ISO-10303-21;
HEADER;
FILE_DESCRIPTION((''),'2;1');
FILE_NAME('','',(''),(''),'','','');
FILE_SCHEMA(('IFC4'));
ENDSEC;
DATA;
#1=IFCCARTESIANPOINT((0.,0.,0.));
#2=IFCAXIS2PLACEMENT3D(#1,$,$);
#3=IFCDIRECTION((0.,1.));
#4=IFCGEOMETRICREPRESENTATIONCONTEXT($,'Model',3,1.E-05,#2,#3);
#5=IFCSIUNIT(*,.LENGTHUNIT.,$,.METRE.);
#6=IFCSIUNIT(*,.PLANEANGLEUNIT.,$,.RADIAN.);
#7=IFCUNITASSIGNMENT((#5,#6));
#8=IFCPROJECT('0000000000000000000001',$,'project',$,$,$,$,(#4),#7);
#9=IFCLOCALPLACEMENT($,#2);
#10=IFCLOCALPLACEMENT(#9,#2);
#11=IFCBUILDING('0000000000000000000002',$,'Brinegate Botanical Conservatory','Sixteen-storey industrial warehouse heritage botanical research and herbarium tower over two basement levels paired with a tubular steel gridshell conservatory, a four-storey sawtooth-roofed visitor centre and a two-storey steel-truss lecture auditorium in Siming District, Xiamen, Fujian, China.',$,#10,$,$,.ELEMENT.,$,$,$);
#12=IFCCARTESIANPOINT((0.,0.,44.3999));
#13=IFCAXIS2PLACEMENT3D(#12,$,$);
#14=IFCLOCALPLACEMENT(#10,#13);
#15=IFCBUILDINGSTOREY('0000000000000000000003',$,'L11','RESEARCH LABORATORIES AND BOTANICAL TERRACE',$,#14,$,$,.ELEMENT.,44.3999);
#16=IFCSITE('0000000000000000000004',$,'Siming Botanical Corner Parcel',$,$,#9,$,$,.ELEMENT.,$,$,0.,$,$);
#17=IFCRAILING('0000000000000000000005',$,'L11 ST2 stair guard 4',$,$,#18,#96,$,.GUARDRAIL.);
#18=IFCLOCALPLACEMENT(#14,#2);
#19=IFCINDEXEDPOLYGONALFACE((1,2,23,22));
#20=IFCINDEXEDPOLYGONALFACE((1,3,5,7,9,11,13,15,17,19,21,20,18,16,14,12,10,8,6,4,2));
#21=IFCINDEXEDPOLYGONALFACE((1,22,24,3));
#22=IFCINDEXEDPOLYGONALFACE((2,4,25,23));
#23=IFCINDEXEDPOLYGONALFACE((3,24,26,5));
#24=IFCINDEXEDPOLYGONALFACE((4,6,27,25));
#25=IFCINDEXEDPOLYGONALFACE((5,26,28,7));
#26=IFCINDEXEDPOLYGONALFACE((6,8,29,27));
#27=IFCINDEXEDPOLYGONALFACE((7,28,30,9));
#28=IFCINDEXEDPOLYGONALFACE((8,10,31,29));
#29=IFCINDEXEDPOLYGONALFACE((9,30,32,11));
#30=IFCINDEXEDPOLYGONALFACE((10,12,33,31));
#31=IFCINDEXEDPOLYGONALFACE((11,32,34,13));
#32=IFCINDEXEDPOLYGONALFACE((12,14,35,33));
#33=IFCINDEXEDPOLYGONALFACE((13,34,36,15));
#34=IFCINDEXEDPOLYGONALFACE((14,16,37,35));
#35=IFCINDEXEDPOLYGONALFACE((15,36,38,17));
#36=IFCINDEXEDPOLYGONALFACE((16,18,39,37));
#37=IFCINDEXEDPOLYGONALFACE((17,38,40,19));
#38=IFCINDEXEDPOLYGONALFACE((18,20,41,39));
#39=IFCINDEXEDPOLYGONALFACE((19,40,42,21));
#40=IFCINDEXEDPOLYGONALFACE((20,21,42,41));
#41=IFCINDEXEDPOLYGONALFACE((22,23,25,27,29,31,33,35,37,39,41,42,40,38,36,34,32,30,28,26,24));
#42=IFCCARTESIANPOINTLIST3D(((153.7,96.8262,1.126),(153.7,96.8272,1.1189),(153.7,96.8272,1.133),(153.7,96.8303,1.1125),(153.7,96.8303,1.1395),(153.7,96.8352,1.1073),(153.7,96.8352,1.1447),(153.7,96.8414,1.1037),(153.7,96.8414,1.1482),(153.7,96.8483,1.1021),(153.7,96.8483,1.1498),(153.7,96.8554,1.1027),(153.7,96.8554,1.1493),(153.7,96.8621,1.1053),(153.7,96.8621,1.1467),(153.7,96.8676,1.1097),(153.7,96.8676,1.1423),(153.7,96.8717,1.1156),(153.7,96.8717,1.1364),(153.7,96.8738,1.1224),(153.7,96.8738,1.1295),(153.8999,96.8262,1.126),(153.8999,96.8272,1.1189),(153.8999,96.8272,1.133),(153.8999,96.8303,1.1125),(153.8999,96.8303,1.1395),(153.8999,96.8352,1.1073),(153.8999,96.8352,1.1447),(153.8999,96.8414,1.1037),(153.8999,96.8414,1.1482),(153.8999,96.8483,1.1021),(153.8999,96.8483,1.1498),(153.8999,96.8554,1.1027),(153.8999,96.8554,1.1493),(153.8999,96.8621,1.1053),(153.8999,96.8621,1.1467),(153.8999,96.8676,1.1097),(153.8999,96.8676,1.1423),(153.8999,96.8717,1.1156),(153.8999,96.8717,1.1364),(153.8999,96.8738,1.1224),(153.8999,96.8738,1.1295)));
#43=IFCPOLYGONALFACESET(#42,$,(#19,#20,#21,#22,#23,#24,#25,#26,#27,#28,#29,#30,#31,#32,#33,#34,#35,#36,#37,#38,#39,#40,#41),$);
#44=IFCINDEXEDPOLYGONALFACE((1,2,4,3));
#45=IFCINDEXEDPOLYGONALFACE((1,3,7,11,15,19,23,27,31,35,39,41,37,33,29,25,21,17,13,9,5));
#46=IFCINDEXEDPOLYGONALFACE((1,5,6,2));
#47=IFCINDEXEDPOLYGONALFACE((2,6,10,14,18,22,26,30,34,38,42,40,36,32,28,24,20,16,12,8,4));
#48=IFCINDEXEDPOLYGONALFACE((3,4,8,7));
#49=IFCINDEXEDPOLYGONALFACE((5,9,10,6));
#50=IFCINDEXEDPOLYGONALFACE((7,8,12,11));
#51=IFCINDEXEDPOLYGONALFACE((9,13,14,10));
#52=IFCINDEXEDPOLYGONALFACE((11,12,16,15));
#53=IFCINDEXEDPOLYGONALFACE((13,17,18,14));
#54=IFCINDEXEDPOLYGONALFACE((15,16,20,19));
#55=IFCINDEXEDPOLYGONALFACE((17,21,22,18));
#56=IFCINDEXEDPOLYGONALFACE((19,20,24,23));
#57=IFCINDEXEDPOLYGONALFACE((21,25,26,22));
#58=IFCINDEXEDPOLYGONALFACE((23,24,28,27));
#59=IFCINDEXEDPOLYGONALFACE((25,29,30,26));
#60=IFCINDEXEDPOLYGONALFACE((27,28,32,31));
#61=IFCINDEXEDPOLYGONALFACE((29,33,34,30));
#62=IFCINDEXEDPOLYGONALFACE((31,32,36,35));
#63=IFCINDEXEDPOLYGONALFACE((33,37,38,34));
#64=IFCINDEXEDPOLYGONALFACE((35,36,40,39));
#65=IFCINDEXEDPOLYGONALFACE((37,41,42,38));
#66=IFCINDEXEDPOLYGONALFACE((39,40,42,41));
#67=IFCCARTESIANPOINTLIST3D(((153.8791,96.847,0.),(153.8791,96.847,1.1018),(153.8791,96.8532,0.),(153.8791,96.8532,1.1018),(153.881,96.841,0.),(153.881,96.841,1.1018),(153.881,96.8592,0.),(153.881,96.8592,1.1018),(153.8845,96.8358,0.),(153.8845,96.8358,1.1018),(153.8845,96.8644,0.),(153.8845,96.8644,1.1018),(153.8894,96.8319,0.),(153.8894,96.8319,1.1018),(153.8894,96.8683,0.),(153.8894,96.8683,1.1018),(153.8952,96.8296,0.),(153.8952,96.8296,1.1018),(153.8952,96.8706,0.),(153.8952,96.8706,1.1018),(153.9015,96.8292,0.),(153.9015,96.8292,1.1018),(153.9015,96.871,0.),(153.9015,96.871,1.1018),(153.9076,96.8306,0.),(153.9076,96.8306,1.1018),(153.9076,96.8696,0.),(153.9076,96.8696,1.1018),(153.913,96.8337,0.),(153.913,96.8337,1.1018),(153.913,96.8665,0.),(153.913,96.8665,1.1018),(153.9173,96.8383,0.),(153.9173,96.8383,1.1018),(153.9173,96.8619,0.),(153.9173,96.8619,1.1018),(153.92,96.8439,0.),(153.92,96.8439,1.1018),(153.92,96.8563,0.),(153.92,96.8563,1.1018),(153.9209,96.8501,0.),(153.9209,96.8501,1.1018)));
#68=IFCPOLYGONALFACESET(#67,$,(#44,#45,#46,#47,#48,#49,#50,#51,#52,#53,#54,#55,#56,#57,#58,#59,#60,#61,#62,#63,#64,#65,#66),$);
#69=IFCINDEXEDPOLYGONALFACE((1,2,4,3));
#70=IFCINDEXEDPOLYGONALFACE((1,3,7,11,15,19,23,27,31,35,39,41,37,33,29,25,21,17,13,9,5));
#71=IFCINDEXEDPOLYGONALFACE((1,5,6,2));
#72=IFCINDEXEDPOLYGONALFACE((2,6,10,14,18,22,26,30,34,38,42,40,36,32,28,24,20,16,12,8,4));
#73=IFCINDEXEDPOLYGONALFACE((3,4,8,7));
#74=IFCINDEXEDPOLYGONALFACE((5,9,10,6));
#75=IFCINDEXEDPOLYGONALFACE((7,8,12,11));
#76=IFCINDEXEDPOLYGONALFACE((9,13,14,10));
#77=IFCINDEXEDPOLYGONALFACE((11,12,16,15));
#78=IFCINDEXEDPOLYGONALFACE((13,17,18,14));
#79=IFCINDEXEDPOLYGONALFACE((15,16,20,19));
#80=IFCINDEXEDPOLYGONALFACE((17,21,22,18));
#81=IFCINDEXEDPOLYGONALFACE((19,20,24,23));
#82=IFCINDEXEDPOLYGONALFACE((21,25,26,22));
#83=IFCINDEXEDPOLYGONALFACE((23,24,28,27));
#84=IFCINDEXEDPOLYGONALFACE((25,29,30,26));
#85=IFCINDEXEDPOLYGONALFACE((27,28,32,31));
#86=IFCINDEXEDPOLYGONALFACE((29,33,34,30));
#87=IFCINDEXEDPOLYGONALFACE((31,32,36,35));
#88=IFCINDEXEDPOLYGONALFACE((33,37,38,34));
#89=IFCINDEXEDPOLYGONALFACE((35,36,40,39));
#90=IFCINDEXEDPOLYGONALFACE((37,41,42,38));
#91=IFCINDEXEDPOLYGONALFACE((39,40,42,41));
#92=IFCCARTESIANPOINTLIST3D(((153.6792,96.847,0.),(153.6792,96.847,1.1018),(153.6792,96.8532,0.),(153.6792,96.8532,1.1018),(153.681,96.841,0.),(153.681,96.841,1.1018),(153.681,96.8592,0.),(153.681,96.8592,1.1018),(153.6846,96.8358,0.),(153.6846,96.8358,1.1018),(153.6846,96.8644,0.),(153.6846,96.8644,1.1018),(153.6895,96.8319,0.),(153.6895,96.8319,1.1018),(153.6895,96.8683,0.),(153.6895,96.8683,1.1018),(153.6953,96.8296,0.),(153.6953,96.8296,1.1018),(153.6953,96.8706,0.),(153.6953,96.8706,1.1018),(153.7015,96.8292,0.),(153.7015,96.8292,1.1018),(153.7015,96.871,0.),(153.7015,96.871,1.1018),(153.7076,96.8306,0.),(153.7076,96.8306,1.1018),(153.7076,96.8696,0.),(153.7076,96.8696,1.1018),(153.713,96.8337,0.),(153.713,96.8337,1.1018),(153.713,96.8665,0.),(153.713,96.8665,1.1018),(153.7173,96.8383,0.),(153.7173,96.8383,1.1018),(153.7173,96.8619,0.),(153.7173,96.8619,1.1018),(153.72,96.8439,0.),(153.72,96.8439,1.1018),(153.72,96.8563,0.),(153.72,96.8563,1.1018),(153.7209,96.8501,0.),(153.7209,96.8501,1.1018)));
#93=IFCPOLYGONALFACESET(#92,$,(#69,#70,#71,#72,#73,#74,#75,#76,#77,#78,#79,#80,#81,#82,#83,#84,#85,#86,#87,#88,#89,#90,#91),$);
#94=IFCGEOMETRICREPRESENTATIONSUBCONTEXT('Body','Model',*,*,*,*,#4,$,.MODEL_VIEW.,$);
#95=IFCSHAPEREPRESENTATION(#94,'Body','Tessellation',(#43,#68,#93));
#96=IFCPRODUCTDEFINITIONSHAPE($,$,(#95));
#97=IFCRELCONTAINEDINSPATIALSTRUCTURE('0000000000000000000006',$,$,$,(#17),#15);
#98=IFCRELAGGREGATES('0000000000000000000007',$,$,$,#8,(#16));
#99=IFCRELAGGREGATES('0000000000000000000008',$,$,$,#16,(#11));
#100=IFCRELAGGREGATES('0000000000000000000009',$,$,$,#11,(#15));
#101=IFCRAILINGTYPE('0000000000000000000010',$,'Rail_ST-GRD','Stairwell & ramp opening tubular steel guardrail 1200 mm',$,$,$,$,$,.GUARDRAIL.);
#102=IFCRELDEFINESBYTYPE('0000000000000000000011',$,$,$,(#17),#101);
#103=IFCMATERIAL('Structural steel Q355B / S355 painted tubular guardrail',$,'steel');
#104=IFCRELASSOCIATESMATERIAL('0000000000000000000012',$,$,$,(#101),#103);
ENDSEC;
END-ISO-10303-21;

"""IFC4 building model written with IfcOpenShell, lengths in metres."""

from ifc_helpers import new_model, si_unit, direction, frame, origin, origin_2d, place, context, subcontext, project, spatial, circle, extrude, material, type_object, element, save


model = new_model("IFC4")

# Units and contexts
model_context = context("Model", 3, precision=1e-05, world=origin(), true_north=direction((0.0, 1.0)))
body_context = subcontext(model_context, "Body", "Model", "MODEL_VIEW")
ifc_project = project(units=[si_unit("LENGTHUNIT", "METRE"), si_unit("PLANEANGLEUNIT", "RADIAN")], contexts=[model_context])

# Site, building, storey
site_placement = place(None, origin())
site = spatial("IfcSite", under=ifc_project, at=site_placement, Name="Siming Botanical Corner Parcel", CompositionType="ELEMENT", RefElevation=0.0)
building_placement = place(site_placement, origin())
building = spatial("IfcBuilding", under=site, at=building_placement, Name="Brinegate Botanical Conservatory", Description="Sixteen-storey industrial warehouse heritage botanical research and herbarium tower over two basement levels paired with a tubular steel gridshell conservatory, a four-storey sawtooth-roofed visitor centre and a two-storey steel-truss lecture auditorium in Siming District, Xiamen, Fujian, China.", CompositionType="ELEMENT")
storey_placement = place(building_placement, frame((0.0, 0.0, 44.3999)))
storey = spatial("IfcBuildingStorey", under=building, at=storey_placement, Name="L11", Description="RESEARCH LABORATORIES AND BOTANICAL TERRACE", CompositionType="ELEMENT", Elevation=44.3999)

# Railing
ifc_material_1 = material(Name="Structural steel Q355B / S355 painted tubular guardrail", Category="steel")
railing_type_1 = type_object("IfcRailingType", Name="Rail_ST-GRD", Description="Stairwell & ramp opening tubular steel guardrail 1200 mm", PredefinedType="GUARDRAIL", material=ifc_material_1)
railing_1_placement = place(storey_placement, frame((153.8999, 96.8501, 0.0)))
element("IfcRailing", 1, at=railing_1_placement, inside=storey, type_object=railing_type_1, Name="L11 ST2 stair guard 4", PredefinedType="GUARDRAIL", context=body_context, shape_type="SweptSolid", body=[
    extrude(circle(Radius=0.0239, at=origin_2d()), frame((0.0, 0.0, 1.126), z_axis=(-1.0, 0.0, 0.0), x_axis=(0.0, -1.0, 0.0)), (0.0, 0.0, 1.0), 0.2),
    extrude(circle(Radius=0.021, at=origin_2d()), origin(), (0.0, 0.0, 1.0), 1.1018),
    extrude(circle(Radius=0.021, at=origin_2d()), frame((-0.2, 0.0, 0.0)), (0.0, 0.0, 1.0), 1.1018),
])

save(model, "model.ifc")
